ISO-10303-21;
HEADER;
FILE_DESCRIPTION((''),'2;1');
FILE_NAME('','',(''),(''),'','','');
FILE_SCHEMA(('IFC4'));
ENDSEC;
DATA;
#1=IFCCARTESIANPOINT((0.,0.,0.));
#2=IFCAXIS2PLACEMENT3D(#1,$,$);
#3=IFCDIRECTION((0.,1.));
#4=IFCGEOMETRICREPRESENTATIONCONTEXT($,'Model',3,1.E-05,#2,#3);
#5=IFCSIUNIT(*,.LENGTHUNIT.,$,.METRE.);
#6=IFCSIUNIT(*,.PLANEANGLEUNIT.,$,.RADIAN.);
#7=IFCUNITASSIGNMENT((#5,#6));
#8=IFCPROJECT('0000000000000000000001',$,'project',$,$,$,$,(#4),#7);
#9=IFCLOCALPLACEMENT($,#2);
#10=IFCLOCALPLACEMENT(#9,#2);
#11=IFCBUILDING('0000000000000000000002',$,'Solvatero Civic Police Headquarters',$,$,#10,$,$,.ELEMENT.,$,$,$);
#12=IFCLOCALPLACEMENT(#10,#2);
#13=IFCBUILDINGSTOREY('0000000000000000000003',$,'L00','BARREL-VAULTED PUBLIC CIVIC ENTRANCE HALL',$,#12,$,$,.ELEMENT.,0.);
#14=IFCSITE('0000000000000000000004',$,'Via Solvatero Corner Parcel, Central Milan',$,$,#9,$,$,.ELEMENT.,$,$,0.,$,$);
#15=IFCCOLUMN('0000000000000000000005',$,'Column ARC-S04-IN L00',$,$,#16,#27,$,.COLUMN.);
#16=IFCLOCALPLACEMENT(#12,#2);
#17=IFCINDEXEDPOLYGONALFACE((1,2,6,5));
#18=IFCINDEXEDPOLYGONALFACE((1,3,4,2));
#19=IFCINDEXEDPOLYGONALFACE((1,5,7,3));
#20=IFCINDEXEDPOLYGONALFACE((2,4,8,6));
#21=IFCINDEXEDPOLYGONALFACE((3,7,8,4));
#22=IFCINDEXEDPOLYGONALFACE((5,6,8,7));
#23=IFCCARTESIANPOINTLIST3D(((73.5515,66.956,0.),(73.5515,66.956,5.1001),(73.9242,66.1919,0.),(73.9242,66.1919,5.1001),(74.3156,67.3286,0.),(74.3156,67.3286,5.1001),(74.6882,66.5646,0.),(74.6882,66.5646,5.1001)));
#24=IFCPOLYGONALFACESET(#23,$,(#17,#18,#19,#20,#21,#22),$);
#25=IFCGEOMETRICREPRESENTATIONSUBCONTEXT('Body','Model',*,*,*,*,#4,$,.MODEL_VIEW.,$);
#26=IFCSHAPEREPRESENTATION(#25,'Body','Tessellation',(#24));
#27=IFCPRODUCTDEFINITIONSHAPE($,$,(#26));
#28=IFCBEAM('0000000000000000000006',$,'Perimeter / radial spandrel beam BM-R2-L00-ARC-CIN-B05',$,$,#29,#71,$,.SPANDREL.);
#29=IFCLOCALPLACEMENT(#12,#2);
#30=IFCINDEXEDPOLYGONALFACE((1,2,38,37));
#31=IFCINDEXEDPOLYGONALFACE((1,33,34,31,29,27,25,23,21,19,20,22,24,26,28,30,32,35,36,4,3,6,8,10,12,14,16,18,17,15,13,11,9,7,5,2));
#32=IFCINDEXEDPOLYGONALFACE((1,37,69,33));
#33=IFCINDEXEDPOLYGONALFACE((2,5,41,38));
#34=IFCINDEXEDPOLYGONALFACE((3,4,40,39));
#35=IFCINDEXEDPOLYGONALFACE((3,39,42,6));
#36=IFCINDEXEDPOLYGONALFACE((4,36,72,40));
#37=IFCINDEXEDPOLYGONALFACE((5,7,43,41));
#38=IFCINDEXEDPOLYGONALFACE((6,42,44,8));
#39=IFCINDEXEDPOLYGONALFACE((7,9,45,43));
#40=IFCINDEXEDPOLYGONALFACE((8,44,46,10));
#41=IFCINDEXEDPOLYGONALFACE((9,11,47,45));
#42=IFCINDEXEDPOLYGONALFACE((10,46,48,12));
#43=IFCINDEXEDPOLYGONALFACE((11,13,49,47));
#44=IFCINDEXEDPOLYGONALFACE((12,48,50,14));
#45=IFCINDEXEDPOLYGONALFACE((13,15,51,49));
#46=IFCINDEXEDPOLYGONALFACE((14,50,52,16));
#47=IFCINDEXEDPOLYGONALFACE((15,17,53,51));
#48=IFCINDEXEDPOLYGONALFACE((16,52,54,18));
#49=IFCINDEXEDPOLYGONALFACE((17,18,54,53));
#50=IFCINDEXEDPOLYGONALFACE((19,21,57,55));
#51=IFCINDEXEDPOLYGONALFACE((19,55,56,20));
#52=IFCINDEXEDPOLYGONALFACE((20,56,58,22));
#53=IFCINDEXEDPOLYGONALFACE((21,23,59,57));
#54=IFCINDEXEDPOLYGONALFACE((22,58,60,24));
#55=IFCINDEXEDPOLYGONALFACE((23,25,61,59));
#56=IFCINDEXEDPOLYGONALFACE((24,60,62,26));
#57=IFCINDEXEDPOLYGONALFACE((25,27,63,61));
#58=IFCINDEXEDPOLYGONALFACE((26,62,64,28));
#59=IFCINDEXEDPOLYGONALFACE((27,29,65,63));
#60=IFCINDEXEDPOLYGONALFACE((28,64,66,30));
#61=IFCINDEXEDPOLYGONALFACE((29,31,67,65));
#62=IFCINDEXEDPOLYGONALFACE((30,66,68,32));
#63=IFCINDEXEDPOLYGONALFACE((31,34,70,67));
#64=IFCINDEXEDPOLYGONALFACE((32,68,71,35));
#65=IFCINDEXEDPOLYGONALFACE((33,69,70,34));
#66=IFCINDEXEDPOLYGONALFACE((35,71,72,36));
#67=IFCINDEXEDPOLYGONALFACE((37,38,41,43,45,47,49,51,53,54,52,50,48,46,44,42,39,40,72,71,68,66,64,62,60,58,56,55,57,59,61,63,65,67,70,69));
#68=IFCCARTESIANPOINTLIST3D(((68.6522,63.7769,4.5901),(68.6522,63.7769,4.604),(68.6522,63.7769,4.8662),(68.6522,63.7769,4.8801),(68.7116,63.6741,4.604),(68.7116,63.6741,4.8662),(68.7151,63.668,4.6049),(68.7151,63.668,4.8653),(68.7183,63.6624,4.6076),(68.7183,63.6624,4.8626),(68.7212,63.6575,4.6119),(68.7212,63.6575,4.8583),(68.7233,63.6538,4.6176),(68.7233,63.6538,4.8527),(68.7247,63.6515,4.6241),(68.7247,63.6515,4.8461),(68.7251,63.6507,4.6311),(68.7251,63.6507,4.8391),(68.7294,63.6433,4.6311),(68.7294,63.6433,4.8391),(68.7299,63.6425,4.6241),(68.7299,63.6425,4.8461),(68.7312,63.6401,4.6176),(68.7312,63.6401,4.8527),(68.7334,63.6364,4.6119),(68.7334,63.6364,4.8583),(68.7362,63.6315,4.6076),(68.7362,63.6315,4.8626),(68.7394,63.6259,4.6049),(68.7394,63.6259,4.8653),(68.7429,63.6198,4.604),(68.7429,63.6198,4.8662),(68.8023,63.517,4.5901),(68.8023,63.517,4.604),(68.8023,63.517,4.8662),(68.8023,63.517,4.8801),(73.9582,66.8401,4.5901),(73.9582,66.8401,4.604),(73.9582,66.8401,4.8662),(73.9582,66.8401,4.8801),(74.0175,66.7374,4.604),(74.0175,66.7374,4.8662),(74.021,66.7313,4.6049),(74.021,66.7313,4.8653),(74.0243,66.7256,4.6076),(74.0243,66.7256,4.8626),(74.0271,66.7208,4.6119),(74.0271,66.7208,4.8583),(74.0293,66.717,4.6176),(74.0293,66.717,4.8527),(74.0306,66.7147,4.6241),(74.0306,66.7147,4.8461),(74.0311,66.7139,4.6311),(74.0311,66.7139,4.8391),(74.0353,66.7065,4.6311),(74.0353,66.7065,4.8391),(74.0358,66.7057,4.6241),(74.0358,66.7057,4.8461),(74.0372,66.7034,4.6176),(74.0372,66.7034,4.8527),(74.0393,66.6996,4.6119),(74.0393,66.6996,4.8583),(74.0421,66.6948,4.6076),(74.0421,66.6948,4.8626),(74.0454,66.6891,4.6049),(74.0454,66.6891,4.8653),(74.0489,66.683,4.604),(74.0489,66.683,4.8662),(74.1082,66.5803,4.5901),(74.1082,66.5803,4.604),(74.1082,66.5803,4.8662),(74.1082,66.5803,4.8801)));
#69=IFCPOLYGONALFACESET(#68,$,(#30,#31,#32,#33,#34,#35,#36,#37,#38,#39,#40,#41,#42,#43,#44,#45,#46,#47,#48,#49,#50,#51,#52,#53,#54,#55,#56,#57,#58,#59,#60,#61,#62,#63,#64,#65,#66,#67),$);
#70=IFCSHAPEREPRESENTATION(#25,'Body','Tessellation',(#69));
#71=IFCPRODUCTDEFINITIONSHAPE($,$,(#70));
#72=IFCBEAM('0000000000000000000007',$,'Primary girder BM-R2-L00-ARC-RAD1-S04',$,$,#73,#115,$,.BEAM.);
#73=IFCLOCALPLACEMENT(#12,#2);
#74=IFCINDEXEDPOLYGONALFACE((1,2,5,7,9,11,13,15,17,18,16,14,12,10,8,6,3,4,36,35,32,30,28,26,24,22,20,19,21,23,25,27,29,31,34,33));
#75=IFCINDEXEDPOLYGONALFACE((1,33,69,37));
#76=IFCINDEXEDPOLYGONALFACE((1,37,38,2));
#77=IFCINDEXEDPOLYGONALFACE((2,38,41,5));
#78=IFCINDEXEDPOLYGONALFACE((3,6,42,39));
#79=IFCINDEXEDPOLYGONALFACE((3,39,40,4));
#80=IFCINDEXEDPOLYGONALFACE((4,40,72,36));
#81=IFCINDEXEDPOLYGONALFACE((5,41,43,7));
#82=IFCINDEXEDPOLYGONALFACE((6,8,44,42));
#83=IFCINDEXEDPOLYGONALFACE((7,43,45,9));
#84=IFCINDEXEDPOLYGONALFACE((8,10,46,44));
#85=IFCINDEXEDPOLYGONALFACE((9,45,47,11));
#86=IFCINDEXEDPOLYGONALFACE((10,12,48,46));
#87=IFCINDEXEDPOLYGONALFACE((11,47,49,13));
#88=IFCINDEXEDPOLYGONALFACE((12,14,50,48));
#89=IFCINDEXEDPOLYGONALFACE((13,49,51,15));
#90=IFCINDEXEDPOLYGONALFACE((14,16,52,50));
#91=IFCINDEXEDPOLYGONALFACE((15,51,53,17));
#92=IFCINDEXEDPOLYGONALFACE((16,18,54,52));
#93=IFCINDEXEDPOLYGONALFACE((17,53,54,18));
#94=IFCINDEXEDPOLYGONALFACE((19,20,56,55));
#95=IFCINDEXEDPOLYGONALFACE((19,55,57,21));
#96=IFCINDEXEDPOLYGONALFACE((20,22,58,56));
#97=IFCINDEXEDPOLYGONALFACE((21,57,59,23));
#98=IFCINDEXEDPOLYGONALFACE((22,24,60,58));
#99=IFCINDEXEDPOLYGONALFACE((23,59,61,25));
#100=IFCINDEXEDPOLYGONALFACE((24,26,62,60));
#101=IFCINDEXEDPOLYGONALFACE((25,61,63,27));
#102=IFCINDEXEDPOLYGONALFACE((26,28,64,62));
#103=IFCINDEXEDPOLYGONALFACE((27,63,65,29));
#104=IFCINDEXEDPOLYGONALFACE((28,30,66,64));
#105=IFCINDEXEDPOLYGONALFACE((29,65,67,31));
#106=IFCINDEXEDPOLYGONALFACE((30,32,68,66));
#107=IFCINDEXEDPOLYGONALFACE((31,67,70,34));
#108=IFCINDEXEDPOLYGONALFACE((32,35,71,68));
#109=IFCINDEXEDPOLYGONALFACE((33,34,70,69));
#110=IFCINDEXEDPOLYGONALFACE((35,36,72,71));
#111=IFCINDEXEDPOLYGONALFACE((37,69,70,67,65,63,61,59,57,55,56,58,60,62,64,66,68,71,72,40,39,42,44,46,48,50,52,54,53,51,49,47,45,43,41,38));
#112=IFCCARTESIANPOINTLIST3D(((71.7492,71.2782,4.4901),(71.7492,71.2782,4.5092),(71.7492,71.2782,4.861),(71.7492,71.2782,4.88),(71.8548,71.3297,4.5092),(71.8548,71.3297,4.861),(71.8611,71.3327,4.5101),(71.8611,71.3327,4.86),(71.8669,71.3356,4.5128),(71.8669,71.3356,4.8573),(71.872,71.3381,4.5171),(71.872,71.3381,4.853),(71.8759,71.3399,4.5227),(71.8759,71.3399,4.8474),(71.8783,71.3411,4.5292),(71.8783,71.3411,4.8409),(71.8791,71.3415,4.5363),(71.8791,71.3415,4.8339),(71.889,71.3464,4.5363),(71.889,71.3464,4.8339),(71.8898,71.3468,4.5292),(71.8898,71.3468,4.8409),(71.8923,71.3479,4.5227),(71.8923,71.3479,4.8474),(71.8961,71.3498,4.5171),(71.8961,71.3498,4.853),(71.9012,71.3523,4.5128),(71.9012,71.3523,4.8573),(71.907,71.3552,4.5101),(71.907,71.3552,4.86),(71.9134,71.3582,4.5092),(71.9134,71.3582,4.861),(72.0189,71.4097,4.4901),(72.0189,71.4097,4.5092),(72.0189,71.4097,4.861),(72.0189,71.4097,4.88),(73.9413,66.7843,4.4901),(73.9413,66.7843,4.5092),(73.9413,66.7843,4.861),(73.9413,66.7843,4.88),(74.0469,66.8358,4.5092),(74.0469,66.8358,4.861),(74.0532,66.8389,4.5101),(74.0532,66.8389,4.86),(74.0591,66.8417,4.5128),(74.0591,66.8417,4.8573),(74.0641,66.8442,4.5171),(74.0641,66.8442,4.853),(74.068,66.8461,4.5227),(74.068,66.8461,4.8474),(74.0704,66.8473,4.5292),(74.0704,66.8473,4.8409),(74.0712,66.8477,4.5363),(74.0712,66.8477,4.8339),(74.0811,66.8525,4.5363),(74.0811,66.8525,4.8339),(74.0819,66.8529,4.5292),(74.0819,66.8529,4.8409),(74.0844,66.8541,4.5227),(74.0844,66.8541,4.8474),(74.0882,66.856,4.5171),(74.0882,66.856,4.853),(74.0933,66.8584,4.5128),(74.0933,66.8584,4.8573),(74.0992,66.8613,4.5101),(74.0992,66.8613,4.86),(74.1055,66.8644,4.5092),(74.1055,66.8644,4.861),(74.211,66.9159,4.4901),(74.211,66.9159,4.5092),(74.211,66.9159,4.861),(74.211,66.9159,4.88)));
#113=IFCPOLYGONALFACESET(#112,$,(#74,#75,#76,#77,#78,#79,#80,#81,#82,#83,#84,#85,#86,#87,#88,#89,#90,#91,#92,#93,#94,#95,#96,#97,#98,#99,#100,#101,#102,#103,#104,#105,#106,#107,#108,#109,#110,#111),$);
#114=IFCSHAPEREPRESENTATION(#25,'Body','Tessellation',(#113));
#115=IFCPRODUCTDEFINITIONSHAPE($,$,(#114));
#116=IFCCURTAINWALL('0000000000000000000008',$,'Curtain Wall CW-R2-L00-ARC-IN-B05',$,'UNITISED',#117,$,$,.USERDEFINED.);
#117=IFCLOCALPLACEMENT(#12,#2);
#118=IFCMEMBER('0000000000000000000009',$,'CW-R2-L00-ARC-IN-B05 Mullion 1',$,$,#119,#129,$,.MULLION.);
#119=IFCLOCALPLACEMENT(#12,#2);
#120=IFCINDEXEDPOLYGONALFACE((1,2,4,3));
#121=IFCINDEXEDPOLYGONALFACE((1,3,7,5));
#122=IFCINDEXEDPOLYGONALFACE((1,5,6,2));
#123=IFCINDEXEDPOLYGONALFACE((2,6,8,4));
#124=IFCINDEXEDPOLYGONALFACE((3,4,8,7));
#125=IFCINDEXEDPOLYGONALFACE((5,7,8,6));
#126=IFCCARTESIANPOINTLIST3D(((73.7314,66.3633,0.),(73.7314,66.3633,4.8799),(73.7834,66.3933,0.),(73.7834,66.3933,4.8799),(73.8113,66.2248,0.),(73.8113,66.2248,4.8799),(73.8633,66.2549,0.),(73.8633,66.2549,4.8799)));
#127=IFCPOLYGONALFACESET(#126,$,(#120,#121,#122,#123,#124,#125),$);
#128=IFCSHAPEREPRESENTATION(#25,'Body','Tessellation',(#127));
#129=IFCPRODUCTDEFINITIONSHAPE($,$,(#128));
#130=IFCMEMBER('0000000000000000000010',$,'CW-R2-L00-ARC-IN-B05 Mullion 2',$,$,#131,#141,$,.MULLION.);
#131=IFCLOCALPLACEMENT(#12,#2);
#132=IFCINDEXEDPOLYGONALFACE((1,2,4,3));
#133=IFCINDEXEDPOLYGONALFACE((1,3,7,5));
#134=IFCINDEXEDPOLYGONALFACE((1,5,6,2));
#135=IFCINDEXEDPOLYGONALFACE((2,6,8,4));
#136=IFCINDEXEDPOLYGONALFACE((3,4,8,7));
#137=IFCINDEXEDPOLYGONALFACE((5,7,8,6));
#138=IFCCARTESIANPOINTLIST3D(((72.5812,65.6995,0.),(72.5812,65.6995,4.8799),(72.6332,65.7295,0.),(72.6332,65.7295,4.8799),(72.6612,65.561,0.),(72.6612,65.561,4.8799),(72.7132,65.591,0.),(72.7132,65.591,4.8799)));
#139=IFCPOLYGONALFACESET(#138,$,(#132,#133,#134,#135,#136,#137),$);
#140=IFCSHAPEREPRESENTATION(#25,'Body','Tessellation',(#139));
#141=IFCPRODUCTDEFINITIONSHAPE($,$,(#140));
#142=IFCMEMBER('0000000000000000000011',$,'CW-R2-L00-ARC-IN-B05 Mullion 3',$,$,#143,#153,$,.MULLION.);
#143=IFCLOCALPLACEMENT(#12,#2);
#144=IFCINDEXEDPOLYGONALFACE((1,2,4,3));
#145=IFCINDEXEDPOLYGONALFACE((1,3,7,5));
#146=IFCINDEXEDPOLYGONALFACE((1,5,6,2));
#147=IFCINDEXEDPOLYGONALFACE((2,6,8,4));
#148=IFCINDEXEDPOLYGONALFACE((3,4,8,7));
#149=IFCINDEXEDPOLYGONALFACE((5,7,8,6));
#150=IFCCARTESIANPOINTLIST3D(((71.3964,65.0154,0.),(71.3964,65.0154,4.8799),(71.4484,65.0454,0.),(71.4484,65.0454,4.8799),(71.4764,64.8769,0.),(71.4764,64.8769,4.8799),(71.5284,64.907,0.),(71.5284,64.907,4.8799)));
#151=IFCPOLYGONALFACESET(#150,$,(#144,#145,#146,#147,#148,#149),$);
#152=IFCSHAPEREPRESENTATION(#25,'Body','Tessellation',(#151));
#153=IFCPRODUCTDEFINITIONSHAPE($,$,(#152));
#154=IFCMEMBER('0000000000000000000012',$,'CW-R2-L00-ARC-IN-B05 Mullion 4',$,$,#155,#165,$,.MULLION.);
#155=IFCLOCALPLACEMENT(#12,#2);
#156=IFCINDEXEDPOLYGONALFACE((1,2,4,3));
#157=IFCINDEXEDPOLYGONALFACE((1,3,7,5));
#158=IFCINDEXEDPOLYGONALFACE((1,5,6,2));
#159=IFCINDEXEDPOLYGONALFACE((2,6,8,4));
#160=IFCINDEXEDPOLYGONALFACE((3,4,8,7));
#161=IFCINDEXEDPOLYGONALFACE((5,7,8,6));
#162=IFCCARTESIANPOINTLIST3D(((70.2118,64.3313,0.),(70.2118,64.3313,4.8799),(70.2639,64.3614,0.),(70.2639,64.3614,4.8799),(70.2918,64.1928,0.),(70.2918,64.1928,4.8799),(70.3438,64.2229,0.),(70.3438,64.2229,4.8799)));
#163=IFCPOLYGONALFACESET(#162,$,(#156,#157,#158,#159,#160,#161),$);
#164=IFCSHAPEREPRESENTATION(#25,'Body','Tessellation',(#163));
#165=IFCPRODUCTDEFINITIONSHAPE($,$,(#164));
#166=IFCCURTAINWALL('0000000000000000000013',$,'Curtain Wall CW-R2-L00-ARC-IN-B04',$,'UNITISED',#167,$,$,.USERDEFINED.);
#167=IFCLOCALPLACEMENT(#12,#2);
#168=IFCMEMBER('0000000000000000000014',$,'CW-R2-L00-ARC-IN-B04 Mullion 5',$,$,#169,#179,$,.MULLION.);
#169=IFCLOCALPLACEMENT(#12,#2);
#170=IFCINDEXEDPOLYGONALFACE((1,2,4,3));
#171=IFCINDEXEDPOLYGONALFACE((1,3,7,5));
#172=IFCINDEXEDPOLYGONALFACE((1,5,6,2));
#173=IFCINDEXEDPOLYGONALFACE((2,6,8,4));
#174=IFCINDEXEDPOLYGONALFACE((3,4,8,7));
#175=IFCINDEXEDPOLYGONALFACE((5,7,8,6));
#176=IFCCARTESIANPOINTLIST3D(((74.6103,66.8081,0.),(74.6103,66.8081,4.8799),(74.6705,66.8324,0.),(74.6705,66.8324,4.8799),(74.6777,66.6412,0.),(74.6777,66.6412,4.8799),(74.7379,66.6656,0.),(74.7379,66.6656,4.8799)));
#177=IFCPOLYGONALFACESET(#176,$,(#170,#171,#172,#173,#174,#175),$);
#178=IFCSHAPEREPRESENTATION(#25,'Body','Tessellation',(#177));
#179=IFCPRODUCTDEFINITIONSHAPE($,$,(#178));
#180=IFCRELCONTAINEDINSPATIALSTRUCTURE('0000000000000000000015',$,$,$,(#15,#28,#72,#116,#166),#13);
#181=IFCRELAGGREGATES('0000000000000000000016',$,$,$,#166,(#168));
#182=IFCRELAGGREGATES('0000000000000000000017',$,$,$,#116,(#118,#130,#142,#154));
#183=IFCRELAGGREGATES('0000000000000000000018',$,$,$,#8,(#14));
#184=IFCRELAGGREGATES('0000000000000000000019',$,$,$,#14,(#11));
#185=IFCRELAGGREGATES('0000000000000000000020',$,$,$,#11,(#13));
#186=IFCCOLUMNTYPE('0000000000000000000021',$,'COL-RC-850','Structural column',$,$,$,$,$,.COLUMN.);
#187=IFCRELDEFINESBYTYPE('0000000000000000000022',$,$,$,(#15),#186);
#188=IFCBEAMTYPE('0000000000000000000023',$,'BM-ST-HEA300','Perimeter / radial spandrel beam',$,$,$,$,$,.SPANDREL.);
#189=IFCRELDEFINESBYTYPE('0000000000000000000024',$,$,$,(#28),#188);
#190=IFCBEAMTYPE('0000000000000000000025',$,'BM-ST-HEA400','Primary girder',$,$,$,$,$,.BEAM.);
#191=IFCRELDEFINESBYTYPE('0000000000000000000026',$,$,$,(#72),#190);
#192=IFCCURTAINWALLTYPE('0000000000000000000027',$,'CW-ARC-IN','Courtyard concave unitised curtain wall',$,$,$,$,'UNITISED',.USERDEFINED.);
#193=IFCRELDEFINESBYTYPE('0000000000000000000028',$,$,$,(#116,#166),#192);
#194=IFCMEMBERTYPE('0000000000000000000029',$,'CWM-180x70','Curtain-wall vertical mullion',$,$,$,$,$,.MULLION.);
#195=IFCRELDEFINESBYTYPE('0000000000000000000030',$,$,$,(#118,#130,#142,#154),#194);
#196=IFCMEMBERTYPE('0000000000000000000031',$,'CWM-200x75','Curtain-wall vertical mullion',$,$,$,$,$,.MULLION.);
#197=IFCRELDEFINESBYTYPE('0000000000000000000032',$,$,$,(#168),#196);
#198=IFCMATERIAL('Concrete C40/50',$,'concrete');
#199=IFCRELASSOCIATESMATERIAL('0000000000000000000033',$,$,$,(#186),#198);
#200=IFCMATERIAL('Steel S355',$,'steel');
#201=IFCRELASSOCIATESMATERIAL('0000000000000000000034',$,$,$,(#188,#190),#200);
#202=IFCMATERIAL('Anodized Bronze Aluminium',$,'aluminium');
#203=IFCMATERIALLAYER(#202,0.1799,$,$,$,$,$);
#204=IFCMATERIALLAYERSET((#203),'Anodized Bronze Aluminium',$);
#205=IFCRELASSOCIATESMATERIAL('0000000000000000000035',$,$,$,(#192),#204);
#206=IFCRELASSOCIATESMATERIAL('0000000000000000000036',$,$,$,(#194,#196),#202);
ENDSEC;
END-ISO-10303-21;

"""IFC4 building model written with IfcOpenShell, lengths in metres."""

from ifc_helpers import new_model, si_unit, direction, frame, origin, origin_2d, place, context, subcontext, project, spatial, rectangle, i_section, extrude, material, layer, layer_set, material_profile, profile_set, type_object, element, aggregate, save


model = new_model("IFC4")

# Units and contexts
model_context = context("Model", 3, precision=1e-05, world=origin(), true_north=direction((0.0, 1.0)))
body_context = subcontext(model_context, "Body", "Model", "MODEL_VIEW")
ifc_project = project(units=[si_unit("LENGTHUNIT", "METRE"), si_unit("PLANEANGLEUNIT", "RADIAN")], contexts=[model_context])

# Site, building, storey
site_placement = place(None, origin())
site = spatial("IfcSite", under=ifc_project, at=site_placement, Name="Via Solvatero Corner Parcel, Central Milan", CompositionType="ELEMENT", RefElevation=0.0)
building_placement = place(site_placement, origin())
building = spatial("IfcBuilding", under=site, at=building_placement, Name="Solvatero Civic Police Headquarters", CompositionType="ELEMENT")
storey_placement = place(building_placement, origin())
storey = spatial("IfcBuildingStorey", under=building, at=storey_placement, Name="L00", Description="BARREL-VAULTED PUBLIC CIVIC ENTRANCE HALL", CompositionType="ELEMENT", Elevation=0.0)

# Column
ifc_material_1 = material(Name="Concrete C40/50", Category="concrete")
ifc_material_profile_1 = material_profile(ifc_material_1, rectangle(XDim=0.8501, YDim=0.8501, at=origin_2d()), Name="RC 850x850")
ifc_profile_set_1 = profile_set([ifc_material_profile_1], Name="Concrete C40/50")
column_type = type_object("IfcColumnType", Name="COL-RC-850", Description="Structural column", PredefinedType="COLUMN", material=ifc_profile_set_1)
column_placement = place(storey_placement, frame((74.1199, 66.7603, 0.0), z_axis=(0.0, 0.0, 1.0), x_axis=(0.898794, 0.438371, 0.0)))
element("IfcColumn", 1, at=column_placement, inside=storey, type_object=column_type, Name="Column ARC-S04-IN L00", PredefinedType="COLUMN", context=body_context, shape_type="SweptSolid", body=[
    extrude(rectangle(XDim=0.8501, YDim=0.8501, at=origin_2d()), origin(), (0.0, 0.0, 1.0), 5.1001),
])

# Beams
ifc_material_2 = material(Name="Steel S355", Category="steel")
ifc_material_profile_2 = material_profile(ifc_material_2, i_section(OverallWidth=0.3, OverallDepth=0.29, WebThickness=0.0085, FlangeThickness=0.0139, FilletRadius=0.0271, at=origin_2d()), Name="HEA 300")
ifc_profile_set_2 = profile_set([ifc_material_profile_2], Name="Steel S355")
beam_type_1 = type_object("IfcBeamType", Name="BM-ST-HEA300", Description="Perimeter / radial spandrel beam", PredefinedType="SPANDREL", material=ifc_profile_set_2)
beam_1_placement = place(storey_placement, frame((74.0332, 66.7102, 4.7351), z_axis=(-0.866035, -0.499983, 0.0), x_axis=(0.499983, -0.866035, 0.0)))
element("IfcBeam", 2, at=beam_1_placement, inside=storey, type_object=beam_type_1, Name="Perimeter / radial spandrel beam BM-R2-L00-ARC-CIN-B05", PredefinedType="SPANDREL", context=body_context, shape_type="SweptSolid", body=[
    extrude(i_section(OverallWidth=0.3, OverallDepth=0.29, WebThickness=0.0085, FlangeThickness=0.0139, FilletRadius=0.0271, at=origin_2d()), origin(), (0.0, 0.0, 1.0), 6.1267),
])
ifc_material_profile_3 = material_profile(ifc_material_2, i_section(OverallWidth=0.3, OverallDepth=0.3899, WebThickness=0.011, FlangeThickness=0.019, FilletRadius=0.0271, at=origin_2d()), Name="HEA 400")
ifc_profile_set_3 = profile_set([ifc_material_profile_3], Name="Steel S355")
beam_type_2 = type_object("IfcBeamType", Name="BM-ST-HEA400", Description="Primary girder", PredefinedType="BEAM", material=ifc_profile_set_3)
beam_2_placement = place(storey_placement, frame((74.0762, 66.8501, 4.6851), z_axis=(-0.438423, 0.898769, 0.0), x_axis=(-0.898769, -0.438423, 0.0)))
element("IfcBeam", 3, at=beam_2_placement, inside=storey, type_object=beam_type_2, Name="Primary girder BM-R2-L00-ARC-RAD1-S04", PredefinedType="BEAM", context=body_context, shape_type="SweptSolid", body=[
    extrude(i_section(OverallWidth=0.3, OverallDepth=0.3899, WebThickness=0.011, FlangeThickness=0.019, FilletRadius=0.0271, at=origin_2d()), origin(), (0.0, 0.0, 1.0), 5.0),
])

# Curtain wall, members
ifc_material_3 = material(Name="Anodized Bronze Aluminium", Category="aluminium")
ifc_layer_1 = layer(ifc_material_3, 0.1799)
ifc_layer_set_1 = layer_set([ifc_layer_1], Name="Anodized Bronze Aluminium")
curtain_wall_type = type_object("IfcCurtainWallType", Name="CW-ARC-IN", Description="Courtyard concave unitised curtain wall", ElementType="UNITISED", PredefinedType="USERDEFINED", material=ifc_layer_set_1)
curtain_wall_1_placement = place(storey_placement, origin())
curtain_wall_1 = element("IfcCurtainWall", 4, at=curtain_wall_1_placement, inside=storey, type_object=curtain_wall_type, Name="Curtain Wall CW-R2-L00-ARC-IN-B05", ObjectType="UNITISED", PredefinedType="USERDEFINED")
ifc_material_profile_4 = material_profile(ifc_material_3, rectangle(XDim=0.0601, YDim=0.1599, at=origin_2d()), Name="ALU MULLION 60x160")
ifc_profile_set_4 = profile_set([ifc_material_profile_4], Name="Anodized Bronze Aluminium")
member_type_1 = type_object("IfcMemberType", Name="CWM-180x70", Description="Curtain-wall vertical mullion", PredefinedType="MULLION", material=ifc_profile_set_4)
member_1_placement = place(storey_placement, frame((73.7974, 66.3091, 0.0), z_axis=(0.0, 0.0, 1.0), x_axis=(-0.866025, -0.5, 0.0)))
member_1 = element("IfcMember", 5, at=member_1_placement, type_object=member_type_1, Name="CW-R2-L00-ARC-IN-B05 Mullion 1", PredefinedType="MULLION", context=body_context, shape_type="SweptSolid", body=[
    extrude(rectangle(XDim=0.0601, YDim=0.1599, at=origin_2d()), origin(), (0.0, 0.0, 1.0), 4.8799),
])
member_2_placement = place(storey_placement, frame((72.6472, 65.6453, 0.0), z_axis=(0.0, 0.0, 1.0), x_axis=(-0.866025, -0.5, 0.0)))
member_2 = element("IfcMember", 6, at=member_2_placement, type_object=member_type_1, Name="CW-R2-L00-ARC-IN-B05 Mullion 2", PredefinedType="MULLION", context=body_context, shape_type="SweptSolid", body=[
    extrude(rectangle(XDim=0.0601, YDim=0.1599, at=origin_2d()), origin(), (0.0, 0.0, 1.0), 4.8799),
])
member_3_placement = place(storey_placement, frame((71.4624, 64.9612, 0.0), z_axis=(0.0, 0.0, 1.0), x_axis=(-0.866025, -0.5, 0.0)))
member_3 = element("IfcMember", 7, at=member_3_placement, type_object=member_type_1, Name="CW-R2-L00-ARC-IN-B05 Mullion 3", PredefinedType="MULLION", context=body_context, shape_type="SweptSolid", body=[
    extrude(rectangle(XDim=0.0601, YDim=0.1599, at=origin_2d()), origin(), (0.0, 0.0, 1.0), 4.8799),
])
member_4_placement = place(storey_placement, frame((70.2778, 64.2771, 0.0), z_axis=(0.0, 0.0, 1.0), x_axis=(-0.866025, -0.5, 0.0)))
member_4 = element("IfcMember", 8, at=member_4_placement, type_object=member_type_1, Name="CW-R2-L00-ARC-IN-B05 Mullion 4", PredefinedType="MULLION", context=body_context, shape_type="SweptSolid", body=[
    extrude(rectangle(XDim=0.0601, YDim=0.1599, at=origin_2d()), origin(), (0.0, 0.0, 1.0), 4.8799),
])

# Curtain wall, member
curtain_wall_2_placement = place(storey_placement, origin())
curtain_wall_2 = element("IfcCurtainWall", 9, at=curtain_wall_2_placement, inside=storey, type_object=curtain_wall_type, Name="Curtain Wall CW-R2-L00-ARC-IN-B04", ObjectType="UNITISED", PredefinedType="USERDEFINED")
ifc_material_profile_5 = material_profile(ifc_material_3, rectangle(XDim=0.0649, YDim=0.1799, at=origin_2d()), Name="ALU MULLION 65x180")
ifc_profile_set_5 = profile_set([ifc_material_profile_5], Name="Anodized Bronze Aluminium")
member_type_2 = type_object("IfcMemberType", Name="CWM-200x75", Description="Curtain-wall vertical mullion", PredefinedType="MULLION", material=ifc_profile_set_5)
member_5_placement = place(storey_placement, frame((74.6741, 66.7368, 0.0), z_axis=(0.0, 0.0, 1.0), x_axis=(-0.927184, -0.374607, 0.0)))
member_5 = element("IfcMember", 10, at=member_5_placement, type_object=member_type_2, Name="CW-R2-L00-ARC-IN-B04 Mullion 5", PredefinedType="MULLION", context=body_context, shape_type="SweptSolid", body=[
    extrude(rectangle(XDim=0.0649, YDim=0.1799, at=origin_2d()), origin(), (0.0, 0.0, 1.0), 4.8799),
])

aggregate(curtain_wall_2, [member_5])
aggregate(curtain_wall_1, [member_1, member_2, member_3, member_4])

save(model, "model.ifc")
